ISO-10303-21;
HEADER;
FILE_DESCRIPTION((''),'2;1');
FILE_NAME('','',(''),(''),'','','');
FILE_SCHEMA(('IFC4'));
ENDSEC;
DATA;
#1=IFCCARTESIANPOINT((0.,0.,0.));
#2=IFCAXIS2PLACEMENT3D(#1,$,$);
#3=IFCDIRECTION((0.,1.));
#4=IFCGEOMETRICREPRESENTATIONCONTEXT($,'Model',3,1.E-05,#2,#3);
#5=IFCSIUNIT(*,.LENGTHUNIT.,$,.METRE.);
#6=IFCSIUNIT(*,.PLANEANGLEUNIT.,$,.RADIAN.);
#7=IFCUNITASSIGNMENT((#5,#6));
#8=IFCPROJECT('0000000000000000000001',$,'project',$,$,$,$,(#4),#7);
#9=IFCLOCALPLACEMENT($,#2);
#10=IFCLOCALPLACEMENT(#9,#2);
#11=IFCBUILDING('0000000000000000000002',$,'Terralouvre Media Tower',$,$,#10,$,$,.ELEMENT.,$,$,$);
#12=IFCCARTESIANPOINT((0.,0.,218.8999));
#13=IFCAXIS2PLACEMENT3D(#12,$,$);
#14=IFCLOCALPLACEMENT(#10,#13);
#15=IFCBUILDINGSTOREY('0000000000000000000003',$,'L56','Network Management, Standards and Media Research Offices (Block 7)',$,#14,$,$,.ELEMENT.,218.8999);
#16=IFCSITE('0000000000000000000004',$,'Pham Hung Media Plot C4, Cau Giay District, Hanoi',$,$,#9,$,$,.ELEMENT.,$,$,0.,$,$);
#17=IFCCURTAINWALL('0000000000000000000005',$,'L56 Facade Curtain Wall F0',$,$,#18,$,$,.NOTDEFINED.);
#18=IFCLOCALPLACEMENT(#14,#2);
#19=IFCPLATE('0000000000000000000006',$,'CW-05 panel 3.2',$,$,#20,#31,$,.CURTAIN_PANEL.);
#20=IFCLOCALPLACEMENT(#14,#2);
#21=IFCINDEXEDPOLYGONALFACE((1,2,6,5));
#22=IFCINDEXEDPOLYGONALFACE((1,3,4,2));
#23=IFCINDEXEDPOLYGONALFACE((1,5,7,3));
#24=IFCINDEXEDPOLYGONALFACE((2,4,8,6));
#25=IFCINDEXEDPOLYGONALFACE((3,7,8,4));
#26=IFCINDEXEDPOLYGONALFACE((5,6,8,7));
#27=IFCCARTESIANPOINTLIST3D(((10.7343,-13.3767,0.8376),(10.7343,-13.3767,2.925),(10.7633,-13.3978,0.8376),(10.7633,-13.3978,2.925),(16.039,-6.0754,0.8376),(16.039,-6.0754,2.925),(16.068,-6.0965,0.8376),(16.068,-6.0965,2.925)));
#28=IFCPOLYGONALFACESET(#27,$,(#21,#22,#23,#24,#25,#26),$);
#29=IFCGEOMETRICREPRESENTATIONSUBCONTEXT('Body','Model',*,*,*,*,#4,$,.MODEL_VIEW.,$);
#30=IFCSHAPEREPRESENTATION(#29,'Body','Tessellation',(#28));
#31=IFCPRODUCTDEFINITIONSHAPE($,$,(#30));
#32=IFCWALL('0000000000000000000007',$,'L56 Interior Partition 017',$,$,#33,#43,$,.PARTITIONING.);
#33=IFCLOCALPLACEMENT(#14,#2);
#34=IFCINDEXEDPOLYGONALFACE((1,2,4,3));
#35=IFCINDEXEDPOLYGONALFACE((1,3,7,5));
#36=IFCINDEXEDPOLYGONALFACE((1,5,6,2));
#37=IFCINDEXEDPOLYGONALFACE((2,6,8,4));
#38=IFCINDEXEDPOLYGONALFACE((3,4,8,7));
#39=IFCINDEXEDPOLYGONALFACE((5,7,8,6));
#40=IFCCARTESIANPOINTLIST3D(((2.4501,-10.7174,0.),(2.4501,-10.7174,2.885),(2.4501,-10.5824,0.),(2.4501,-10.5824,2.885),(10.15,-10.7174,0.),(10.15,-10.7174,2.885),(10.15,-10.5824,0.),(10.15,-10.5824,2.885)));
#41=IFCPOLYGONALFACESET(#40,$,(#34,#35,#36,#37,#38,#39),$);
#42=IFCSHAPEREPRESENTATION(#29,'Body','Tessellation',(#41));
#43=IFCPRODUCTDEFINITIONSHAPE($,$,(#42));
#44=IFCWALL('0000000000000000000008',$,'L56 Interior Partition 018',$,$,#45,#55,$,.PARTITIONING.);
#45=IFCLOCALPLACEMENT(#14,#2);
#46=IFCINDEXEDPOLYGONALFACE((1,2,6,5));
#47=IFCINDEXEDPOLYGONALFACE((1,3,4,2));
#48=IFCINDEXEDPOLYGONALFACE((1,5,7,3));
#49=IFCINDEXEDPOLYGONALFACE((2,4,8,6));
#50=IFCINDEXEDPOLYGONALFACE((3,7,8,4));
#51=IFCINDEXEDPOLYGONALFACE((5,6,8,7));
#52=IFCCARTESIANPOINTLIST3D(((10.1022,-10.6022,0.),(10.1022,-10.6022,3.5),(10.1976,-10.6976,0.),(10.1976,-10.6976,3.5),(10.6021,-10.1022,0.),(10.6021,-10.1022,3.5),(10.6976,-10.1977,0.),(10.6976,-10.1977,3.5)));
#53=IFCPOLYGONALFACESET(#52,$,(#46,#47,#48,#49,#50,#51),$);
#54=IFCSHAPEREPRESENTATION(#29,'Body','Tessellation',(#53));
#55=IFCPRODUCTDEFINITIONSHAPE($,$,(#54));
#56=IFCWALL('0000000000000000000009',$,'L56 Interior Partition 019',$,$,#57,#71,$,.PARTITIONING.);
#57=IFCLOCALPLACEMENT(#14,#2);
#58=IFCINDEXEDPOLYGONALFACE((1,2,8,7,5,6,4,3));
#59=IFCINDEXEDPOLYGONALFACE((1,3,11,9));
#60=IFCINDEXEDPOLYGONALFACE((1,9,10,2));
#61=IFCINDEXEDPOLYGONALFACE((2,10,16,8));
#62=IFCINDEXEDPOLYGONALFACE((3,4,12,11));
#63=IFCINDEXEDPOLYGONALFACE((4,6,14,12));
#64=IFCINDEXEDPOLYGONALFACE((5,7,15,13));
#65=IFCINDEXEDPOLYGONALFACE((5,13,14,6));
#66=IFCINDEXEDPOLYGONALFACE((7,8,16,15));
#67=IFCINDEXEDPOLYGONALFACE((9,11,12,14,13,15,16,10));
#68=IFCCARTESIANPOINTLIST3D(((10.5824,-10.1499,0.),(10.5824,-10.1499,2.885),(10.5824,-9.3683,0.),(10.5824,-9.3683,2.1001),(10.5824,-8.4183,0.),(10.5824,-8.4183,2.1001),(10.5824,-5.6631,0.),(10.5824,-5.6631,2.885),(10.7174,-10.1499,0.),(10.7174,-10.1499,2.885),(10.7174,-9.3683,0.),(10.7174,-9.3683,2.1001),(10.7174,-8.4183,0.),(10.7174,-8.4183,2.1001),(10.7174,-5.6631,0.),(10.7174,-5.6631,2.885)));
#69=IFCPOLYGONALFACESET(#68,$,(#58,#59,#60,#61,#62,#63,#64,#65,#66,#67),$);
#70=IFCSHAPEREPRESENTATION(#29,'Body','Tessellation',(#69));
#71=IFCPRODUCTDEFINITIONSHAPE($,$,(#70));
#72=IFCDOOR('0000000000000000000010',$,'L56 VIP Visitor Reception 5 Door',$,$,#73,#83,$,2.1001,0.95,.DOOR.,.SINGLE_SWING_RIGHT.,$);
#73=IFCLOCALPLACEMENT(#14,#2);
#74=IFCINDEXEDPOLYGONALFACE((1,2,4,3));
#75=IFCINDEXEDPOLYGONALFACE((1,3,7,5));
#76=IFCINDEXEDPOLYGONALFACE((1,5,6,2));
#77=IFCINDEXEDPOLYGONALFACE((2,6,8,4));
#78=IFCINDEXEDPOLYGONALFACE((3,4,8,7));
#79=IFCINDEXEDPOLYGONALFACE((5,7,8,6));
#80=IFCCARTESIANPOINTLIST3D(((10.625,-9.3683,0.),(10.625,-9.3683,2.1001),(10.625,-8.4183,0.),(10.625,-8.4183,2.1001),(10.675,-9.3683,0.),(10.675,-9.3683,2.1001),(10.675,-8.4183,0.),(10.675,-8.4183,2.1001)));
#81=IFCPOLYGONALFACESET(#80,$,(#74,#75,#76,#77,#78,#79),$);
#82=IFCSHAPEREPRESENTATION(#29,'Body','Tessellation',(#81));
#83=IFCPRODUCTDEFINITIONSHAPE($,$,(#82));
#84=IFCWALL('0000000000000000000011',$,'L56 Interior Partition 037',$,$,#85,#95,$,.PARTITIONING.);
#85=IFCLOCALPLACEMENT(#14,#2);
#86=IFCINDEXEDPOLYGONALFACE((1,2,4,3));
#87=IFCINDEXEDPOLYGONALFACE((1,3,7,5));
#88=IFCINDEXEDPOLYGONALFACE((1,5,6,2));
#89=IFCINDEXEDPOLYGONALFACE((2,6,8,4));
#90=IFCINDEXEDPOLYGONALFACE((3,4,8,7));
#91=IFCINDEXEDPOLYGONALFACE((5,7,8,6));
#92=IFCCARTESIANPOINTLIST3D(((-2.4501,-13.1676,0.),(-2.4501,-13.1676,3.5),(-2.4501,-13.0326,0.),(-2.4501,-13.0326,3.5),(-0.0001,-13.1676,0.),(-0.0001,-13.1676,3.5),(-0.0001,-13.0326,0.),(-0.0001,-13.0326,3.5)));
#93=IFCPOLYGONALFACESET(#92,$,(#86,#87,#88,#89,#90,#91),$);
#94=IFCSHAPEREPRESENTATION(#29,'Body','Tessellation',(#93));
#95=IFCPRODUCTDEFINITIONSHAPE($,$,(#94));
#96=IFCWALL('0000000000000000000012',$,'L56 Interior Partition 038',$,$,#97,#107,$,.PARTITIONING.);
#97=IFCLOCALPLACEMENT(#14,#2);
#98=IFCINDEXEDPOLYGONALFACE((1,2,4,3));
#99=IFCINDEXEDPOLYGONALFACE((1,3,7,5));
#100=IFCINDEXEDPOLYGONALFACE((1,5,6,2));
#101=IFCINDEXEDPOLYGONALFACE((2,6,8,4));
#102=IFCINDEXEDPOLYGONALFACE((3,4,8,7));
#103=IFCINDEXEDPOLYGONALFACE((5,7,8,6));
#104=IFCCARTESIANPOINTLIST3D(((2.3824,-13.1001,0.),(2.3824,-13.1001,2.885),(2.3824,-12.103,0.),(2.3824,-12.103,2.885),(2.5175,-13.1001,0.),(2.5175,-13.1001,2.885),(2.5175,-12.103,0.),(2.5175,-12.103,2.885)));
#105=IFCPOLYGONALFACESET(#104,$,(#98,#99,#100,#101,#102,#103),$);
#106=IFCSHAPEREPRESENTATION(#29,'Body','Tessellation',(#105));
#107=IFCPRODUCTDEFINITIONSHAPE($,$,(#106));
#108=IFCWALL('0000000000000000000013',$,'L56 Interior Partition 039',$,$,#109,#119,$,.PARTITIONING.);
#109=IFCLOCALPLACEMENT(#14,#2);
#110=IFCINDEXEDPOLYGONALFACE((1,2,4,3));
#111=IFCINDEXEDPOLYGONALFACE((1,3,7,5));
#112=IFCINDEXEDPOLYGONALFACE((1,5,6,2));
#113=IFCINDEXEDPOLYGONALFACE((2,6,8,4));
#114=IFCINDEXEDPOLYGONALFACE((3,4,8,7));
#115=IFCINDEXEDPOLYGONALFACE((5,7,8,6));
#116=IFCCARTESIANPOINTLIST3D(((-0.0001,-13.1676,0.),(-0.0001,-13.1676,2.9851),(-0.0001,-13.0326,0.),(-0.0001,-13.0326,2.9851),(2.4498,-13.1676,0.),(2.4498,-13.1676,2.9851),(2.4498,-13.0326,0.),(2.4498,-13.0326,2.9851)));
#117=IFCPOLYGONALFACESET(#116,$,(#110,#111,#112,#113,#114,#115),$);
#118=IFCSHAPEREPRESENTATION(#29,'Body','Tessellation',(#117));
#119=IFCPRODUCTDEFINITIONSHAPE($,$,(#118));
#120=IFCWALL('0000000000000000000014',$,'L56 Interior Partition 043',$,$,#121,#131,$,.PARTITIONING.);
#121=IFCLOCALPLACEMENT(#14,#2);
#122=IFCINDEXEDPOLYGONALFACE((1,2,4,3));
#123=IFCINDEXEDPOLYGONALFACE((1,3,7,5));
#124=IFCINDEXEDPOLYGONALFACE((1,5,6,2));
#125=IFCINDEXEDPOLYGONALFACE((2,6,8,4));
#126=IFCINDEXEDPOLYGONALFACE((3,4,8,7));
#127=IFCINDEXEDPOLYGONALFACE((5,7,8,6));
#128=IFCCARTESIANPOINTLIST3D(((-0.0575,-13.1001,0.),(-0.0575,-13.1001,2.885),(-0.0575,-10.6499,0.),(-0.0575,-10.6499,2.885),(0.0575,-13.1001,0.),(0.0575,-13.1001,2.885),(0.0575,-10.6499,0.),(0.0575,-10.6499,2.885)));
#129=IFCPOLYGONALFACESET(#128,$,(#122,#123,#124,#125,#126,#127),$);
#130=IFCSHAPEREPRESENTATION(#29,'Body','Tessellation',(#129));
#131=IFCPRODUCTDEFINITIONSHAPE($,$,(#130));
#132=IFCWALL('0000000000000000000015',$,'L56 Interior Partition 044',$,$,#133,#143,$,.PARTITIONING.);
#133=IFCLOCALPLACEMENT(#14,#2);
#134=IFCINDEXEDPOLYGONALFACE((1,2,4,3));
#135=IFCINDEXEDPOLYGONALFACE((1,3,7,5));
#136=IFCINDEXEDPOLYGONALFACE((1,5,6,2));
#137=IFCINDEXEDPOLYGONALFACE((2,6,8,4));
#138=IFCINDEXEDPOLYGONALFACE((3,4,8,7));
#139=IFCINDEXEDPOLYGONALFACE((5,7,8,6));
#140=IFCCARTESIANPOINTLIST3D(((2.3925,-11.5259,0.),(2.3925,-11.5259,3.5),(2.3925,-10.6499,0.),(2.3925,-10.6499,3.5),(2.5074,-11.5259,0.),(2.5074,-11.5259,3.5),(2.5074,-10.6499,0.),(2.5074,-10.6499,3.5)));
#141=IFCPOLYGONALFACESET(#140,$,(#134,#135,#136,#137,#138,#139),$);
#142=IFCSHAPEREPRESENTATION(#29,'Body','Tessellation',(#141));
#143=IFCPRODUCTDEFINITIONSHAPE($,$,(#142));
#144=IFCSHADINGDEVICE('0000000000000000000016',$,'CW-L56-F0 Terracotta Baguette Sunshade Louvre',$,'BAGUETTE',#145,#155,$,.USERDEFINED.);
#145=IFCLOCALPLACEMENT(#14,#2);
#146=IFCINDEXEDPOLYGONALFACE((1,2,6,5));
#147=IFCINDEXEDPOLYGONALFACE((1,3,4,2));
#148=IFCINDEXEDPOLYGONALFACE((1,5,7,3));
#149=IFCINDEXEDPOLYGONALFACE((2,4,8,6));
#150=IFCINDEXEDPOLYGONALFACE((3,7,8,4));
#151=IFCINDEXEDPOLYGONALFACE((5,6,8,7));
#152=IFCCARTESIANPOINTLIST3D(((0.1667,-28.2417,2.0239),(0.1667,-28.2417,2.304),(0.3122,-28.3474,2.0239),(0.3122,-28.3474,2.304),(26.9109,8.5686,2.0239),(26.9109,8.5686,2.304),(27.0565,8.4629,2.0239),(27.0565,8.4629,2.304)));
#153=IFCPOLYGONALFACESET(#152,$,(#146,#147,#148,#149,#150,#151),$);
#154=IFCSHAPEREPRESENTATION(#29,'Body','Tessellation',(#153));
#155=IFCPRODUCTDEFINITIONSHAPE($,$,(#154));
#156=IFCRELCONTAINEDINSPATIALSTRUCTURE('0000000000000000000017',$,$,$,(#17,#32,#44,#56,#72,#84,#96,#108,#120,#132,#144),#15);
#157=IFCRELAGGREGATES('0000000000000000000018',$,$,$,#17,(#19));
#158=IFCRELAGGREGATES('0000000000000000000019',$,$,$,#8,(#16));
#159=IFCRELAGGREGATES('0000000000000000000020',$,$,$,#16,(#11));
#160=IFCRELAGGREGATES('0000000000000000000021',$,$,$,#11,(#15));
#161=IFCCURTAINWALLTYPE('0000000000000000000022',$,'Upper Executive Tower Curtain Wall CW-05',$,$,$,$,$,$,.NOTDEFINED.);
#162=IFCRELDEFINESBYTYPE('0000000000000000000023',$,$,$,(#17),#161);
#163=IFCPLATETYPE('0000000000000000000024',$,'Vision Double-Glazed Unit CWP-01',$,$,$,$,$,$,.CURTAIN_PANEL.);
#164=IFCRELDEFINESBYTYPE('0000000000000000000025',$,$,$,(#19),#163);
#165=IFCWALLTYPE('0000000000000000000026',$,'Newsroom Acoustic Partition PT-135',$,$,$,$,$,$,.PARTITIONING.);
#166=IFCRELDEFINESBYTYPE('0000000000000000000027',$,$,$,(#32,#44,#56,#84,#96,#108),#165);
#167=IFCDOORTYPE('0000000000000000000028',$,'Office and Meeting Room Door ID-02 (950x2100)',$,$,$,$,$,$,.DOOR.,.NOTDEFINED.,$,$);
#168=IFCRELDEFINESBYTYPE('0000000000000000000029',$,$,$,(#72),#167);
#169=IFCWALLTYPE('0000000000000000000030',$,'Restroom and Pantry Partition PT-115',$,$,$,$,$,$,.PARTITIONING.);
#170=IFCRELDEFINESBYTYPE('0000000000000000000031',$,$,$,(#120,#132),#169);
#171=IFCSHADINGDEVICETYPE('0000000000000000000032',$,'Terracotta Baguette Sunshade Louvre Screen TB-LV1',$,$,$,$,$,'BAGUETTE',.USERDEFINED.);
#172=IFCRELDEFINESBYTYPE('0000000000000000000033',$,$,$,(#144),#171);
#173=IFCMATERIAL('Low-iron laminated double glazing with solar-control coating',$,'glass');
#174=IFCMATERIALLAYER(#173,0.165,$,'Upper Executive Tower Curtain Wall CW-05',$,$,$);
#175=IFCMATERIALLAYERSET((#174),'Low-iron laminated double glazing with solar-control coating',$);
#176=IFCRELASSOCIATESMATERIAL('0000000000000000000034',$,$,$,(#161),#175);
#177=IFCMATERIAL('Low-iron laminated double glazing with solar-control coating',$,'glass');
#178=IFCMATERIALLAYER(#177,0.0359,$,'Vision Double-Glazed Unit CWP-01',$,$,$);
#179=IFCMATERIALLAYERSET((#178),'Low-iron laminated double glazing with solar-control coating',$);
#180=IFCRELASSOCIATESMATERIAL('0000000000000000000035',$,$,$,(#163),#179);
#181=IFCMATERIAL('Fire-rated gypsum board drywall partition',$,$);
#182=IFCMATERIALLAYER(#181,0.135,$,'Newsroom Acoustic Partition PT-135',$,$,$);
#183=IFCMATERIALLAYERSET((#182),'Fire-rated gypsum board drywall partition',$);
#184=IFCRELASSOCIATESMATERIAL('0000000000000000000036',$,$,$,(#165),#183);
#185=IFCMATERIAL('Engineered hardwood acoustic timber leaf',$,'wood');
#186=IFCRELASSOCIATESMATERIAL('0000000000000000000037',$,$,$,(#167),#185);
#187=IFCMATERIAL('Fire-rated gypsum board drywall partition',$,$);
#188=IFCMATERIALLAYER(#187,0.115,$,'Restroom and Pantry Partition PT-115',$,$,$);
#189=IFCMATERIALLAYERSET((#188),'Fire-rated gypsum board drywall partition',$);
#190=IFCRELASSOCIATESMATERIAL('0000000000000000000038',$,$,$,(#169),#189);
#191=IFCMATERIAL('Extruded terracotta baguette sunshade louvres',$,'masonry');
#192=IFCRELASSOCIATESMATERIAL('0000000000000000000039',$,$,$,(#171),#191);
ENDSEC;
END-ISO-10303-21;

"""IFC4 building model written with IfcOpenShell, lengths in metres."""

from ifc_helpers import new_model, si_unit, direction, frame, frame_2d, origin, origin_2d, place, context, subcontext, project, spatial, rectangle, extrude, material, layer, layer_set, type_object, element, fill, aggregate, save


model = new_model("IFC4")

# Units and contexts
model_context = context("Model", 3, precision=1e-05, world=origin(), true_north=direction((0.0, 1.0)))
body_context = subcontext(model_context, "Body", "Model", "MODEL_VIEW")
ifc_project = project(units=[si_unit("LENGTHUNIT", "METRE"), si_unit("PLANEANGLEUNIT", "RADIAN")], contexts=[model_context])

# Site, building, storey
site_placement = place(None, origin())
site = spatial("IfcSite", under=ifc_project, at=site_placement, Name="Pham Hung Media Plot C4, Cau Giay District, Hanoi", CompositionType="ELEMENT", RefElevation=0.0)
building_placement = place(site_placement, origin())
building = spatial("IfcBuilding", under=site, at=building_placement, Name="Terralouvre Media Tower", CompositionType="ELEMENT")
storey_placement = place(building_placement, frame((0.0, 0.0, 218.8999)))
storey = spatial("IfcBuildingStorey", under=building, at=storey_placement, Name="L56", Description="Network Management, Standards and Media Research Offices (Block 7)", CompositionType="ELEMENT", Elevation=218.8999)

# Curtain wall
ifc_material_1 = material(Name="Low-iron laminated double glazing with solar-control coating", Category="glass")
ifc_layer_1 = layer(ifc_material_1, 0.165, Name="Upper Executive Tower Curtain Wall CW-05")
ifc_layer_set_1 = layer_set([ifc_layer_1], Name="Low-iron laminated double glazing with solar-control coating")
curtain_wall_type = type_object("IfcCurtainWallType", Name="Upper Executive Tower Curtain Wall CW-05", PredefinedType="NOTDEFINED", material=ifc_layer_set_1)
curtain_wall_placement = place(storey_placement, origin())
curtain_wall = element("IfcCurtainWall", 1, at=curtain_wall_placement, inside=storey, type_object=curtain_wall_type, Name="L56 Facade Curtain Wall F0", PredefinedType="NOTDEFINED")

# Plate
ifc_material_2 = material(Name="Low-iron laminated double glazing with solar-control coating", Category="glass")
ifc_layer_2 = layer(ifc_material_2, 0.0359, Name="Vision Double-Glazed Unit CWP-01")
ifc_layer_set_2 = layer_set([ifc_layer_2], Name="Low-iron laminated double glazing with solar-control coating")
plate_type = type_object("IfcPlateType", Name="Vision Double-Glazed Unit CWP-01", PredefinedType="CURTAIN_PANEL", material=ifc_layer_set_2)
plate_1_placement = place(storey_placement, frame((13.4011, -9.7366, 0.8376), z_axis=(0.0, 0.0, 1.0), x_axis=(0.587785, 0.809017, 0.0)))
plate_1 = element("IfcPlate", 2, at=plate_1_placement, type_object=plate_type, Name="CW-05 panel 3.2", PredefinedType="CURTAIN_PANEL", context=body_context, shape_type="SweptSolid", body=[
    extrude(rectangle(XDim=9.0249, YDim=0.0359, at=origin_2d()), origin(), (0.0, 0.0, 1.0), 2.0874),
])
aggregate(curtain_wall, [plate_1])

# Walls
ifc_material_3 = material(Name="Fire-rated gypsum board drywall partition")
ifc_layer_3 = layer(ifc_material_3, 0.135, Name="Newsroom Acoustic Partition PT-135")
ifc_layer_set_3 = layer_set([ifc_layer_3], Name="Fire-rated gypsum board drywall partition")
wall_type_1 = type_object("IfcWallType", Name="Newsroom Acoustic Partition PT-135", PredefinedType="PARTITIONING", material=ifc_layer_set_3)
wall_1_placement = place(storey_placement, frame((2.45, -10.6499, 0.0), z_axis=(0.0, 0.0, 1.0), x_axis=(1.0, 0.0, 0.0)))
element("IfcWall", 3, at=wall_1_placement, inside=storey, type_object=wall_type_1, Name="L56 Interior Partition 017", PredefinedType="PARTITIONING", context=body_context, shape_type="SweptSolid", body=[
    extrude(rectangle(XDim=7.7, YDim=0.135, at=frame_2d((3.8501, 0.0))), origin(), (0.0, 0.0, 1.0), 2.885),
])
wall_2_placement = place(storey_placement, frame((10.1499, -10.6499, 0.0), z_axis=(0.0, 0.0, 1.0), x_axis=(0.707107, 0.707107, 0.0)))
element("IfcWall", 4, at=wall_2_placement, inside=storey, type_object=wall_type_1, Name="L56 Interior Partition 018", PredefinedType="PARTITIONING", context=body_context, shape_type="SweptSolid", body=[
    extrude(rectangle(XDim=0.707, YDim=0.135, at=frame_2d((0.3535, 0.0))), origin(), (0.0, 0.0, 1.0), 3.5),
])

# Wall, opening, door
wall_3_placement = place(storey_placement, frame((10.6499, -10.1499, 0.0), z_axis=(0.0, 0.0, 1.0), x_axis=(0.0, 1.0, 0.0)))
wall_3 = element("IfcWall", 5, at=wall_3_placement, inside=storey, type_object=wall_type_1, Name="L56 Interior Partition 019", PredefinedType="PARTITIONING", context=body_context, shape_type="SweptSolid", body=[
    extrude(rectangle(XDim=4.4868, YDim=0.135, at=frame_2d((2.2434, 0.0))), origin(), (0.0, 0.0, 1.0), 2.885),
])
opening_placement = place(wall_3_placement, frame((0.7815, 0.0, 0.0)))
opening = element("IfcOpeningElement", 6, at=opening_placement, cuts=wall_3, PredefinedType="OPENING", context=body_context, shape_type="SweptSolid", body=[
    extrude(rectangle(XDim=0.95, YDim=2.1001, at=frame_2d((0.4751, 1.05))), frame((0.0, 0.0774, 0.0), z_axis=(0.0, -1.0, 0.0), x_axis=(1.0, 0.0, 0.0)), (0.0, 0.0, 1.0), 0.155),
])
ifc_material_4 = material(Name="Engineered hardwood acoustic timber leaf", Category="wood")
door_type = type_object("IfcDoorType", Name="Office and Meeting Room Door ID-02 (950x2100)", OperationType="NOTDEFINED", PredefinedType="DOOR", material=ifc_material_4)
door_placement = place(opening_placement, origin())
door = element("IfcDoor", 7, at=door_placement, inside=storey, type_object=door_type, Name="L56 VIP Visitor Reception 5 Door", OperationType="SINGLE_SWING_RIGHT", OverallHeight=2.1001, OverallWidth=0.95, PredefinedType="DOOR", context=body_context, shape_type="SweptSolid", body=[
    extrude(rectangle(XDim=0.95, YDim=2.1001, at=frame_2d((0.4751, 1.05))), frame((0.0, 0.0249, 0.0), z_axis=(0.0, -1.0, 0.0), x_axis=(1.0, 0.0, 0.0)), (0.0, 0.0, 1.0), 0.05),
])
fill(opening, door)

# Walls
wall_4_placement = place(storey_placement, frame((0.0, -13.1001, 0.0), z_axis=(0.0, 0.0, 1.0), x_axis=(-1.0, 0.0, 0.0)))
element("IfcWall", 8, at=wall_4_placement, inside=storey, type_object=wall_type_1, Name="L56 Interior Partition 037", PredefinedType="PARTITIONING", context=body_context, shape_type="SweptSolid", body=[
    extrude(rectangle(XDim=2.45, YDim=0.135, at=frame_2d((1.2251, 0.0))), origin(), (0.0, 0.0, 1.0), 3.5),
])
wall_5_placement = place(storey_placement, frame((2.45, -12.103, 0.0), z_axis=(0.0, 0.0, 1.0), x_axis=(0.0, -1.0, 0.0)))
element("IfcWall", 9, at=wall_5_placement, inside=storey, type_object=wall_type_1, Name="L56 Interior Partition 038", PredefinedType="PARTITIONING", context=body_context, shape_type="SweptSolid", body=[
    extrude(rectangle(XDim=0.9971, YDim=0.135, at=frame_2d((0.4985, 0.0))), origin(), (0.0, 0.0, 1.0), 2.885),
])
wall_6_placement = place(storey_placement, frame((2.45, -13.1001, 0.0), z_axis=(0.0, 0.0, 1.0), x_axis=(-1.0, 0.0, 0.0)))
element("IfcWall", 10, at=wall_6_placement, inside=storey, type_object=wall_type_1, Name="L56 Interior Partition 039", PredefinedType="PARTITIONING", context=body_context, shape_type="SweptSolid", body=[
    extrude(rectangle(XDim=2.45, YDim=0.135, at=frame_2d((1.2251, 0.0))), origin(), (0.0, 0.0, 1.0), 2.9851),
])
ifc_material_5 = material(Name="Fire-rated gypsum board drywall partition")
ifc_layer_4 = layer(ifc_material_5, 0.115, Name="Restroom and Pantry Partition PT-115")
ifc_layer_set_4 = layer_set([ifc_layer_4], Name="Fire-rated gypsum board drywall partition")
wall_type_2 = type_object("IfcWallType", Name="Restroom and Pantry Partition PT-115", PredefinedType="PARTITIONING", material=ifc_layer_set_4)
wall_7_placement = place(storey_placement, frame((0.0, -13.1001, 0.0), z_axis=(0.0, 0.0, 1.0), x_axis=(0.0, 1.0, 0.0)))
element("IfcWall", 11, at=wall_7_placement, inside=storey, type_object=wall_type_2, Name="L56 Interior Partition 043", PredefinedType="PARTITIONING", context=body_context, shape_type="SweptSolid", body=[
    extrude(rectangle(XDim=2.4502, YDim=0.115, at=frame_2d((1.2251, 0.0))), origin(), (0.0, 0.0, 1.0), 2.885),
])
wall_8_placement = place(storey_placement, frame((2.45, -11.5259, 0.0), z_axis=(0.0, 0.0, 1.0), x_axis=(0.0, 1.0, 0.0)))
element("IfcWall", 12, at=wall_8_placement, inside=storey, type_object=wall_type_2, Name="L56 Interior Partition 044", PredefinedType="PARTITIONING", context=body_context, shape_type="SweptSolid", body=[
    extrude(rectangle(XDim=0.876, YDim=0.115, at=frame_2d((0.438, 0.0))), origin(), (0.0, 0.0, 1.0), 3.5),
])

# Shading device
ifc_material_6 = material(Name="Extruded terracotta baguette sunshade louvres", Category="masonry")
shading_device_type = type_object("IfcShadingDeviceType", Name="Terracotta Baguette Sunshade Louvre Screen TB-LV1", ElementType="BAGUETTE", PredefinedType="USERDEFINED", material=ifc_material_6)
shading_device_placement = place(storey_placement, frame((13.6116, -9.8894, 2.0239), z_axis=(0.0, 0.0, 1.0), x_axis=(0.587785, 0.809017, 0.0)))
element("IfcShadingDevice", 13, at=shading_device_placement, inside=storey, type_object=shading_device_type, Name="CW-L56-F0 Terracotta Baguette Sunshade Louvre", ObjectType="BAGUETTE", PredefinedType="USERDEFINED", context=body_context, shape_type="SweptSolid", body=[
    extrude(rectangle(XDim=45.5, YDim=0.1799, at=origin_2d()), origin(), (0.0, 0.0, 1.0), 0.28),
])

save(model, "model.ifc")
